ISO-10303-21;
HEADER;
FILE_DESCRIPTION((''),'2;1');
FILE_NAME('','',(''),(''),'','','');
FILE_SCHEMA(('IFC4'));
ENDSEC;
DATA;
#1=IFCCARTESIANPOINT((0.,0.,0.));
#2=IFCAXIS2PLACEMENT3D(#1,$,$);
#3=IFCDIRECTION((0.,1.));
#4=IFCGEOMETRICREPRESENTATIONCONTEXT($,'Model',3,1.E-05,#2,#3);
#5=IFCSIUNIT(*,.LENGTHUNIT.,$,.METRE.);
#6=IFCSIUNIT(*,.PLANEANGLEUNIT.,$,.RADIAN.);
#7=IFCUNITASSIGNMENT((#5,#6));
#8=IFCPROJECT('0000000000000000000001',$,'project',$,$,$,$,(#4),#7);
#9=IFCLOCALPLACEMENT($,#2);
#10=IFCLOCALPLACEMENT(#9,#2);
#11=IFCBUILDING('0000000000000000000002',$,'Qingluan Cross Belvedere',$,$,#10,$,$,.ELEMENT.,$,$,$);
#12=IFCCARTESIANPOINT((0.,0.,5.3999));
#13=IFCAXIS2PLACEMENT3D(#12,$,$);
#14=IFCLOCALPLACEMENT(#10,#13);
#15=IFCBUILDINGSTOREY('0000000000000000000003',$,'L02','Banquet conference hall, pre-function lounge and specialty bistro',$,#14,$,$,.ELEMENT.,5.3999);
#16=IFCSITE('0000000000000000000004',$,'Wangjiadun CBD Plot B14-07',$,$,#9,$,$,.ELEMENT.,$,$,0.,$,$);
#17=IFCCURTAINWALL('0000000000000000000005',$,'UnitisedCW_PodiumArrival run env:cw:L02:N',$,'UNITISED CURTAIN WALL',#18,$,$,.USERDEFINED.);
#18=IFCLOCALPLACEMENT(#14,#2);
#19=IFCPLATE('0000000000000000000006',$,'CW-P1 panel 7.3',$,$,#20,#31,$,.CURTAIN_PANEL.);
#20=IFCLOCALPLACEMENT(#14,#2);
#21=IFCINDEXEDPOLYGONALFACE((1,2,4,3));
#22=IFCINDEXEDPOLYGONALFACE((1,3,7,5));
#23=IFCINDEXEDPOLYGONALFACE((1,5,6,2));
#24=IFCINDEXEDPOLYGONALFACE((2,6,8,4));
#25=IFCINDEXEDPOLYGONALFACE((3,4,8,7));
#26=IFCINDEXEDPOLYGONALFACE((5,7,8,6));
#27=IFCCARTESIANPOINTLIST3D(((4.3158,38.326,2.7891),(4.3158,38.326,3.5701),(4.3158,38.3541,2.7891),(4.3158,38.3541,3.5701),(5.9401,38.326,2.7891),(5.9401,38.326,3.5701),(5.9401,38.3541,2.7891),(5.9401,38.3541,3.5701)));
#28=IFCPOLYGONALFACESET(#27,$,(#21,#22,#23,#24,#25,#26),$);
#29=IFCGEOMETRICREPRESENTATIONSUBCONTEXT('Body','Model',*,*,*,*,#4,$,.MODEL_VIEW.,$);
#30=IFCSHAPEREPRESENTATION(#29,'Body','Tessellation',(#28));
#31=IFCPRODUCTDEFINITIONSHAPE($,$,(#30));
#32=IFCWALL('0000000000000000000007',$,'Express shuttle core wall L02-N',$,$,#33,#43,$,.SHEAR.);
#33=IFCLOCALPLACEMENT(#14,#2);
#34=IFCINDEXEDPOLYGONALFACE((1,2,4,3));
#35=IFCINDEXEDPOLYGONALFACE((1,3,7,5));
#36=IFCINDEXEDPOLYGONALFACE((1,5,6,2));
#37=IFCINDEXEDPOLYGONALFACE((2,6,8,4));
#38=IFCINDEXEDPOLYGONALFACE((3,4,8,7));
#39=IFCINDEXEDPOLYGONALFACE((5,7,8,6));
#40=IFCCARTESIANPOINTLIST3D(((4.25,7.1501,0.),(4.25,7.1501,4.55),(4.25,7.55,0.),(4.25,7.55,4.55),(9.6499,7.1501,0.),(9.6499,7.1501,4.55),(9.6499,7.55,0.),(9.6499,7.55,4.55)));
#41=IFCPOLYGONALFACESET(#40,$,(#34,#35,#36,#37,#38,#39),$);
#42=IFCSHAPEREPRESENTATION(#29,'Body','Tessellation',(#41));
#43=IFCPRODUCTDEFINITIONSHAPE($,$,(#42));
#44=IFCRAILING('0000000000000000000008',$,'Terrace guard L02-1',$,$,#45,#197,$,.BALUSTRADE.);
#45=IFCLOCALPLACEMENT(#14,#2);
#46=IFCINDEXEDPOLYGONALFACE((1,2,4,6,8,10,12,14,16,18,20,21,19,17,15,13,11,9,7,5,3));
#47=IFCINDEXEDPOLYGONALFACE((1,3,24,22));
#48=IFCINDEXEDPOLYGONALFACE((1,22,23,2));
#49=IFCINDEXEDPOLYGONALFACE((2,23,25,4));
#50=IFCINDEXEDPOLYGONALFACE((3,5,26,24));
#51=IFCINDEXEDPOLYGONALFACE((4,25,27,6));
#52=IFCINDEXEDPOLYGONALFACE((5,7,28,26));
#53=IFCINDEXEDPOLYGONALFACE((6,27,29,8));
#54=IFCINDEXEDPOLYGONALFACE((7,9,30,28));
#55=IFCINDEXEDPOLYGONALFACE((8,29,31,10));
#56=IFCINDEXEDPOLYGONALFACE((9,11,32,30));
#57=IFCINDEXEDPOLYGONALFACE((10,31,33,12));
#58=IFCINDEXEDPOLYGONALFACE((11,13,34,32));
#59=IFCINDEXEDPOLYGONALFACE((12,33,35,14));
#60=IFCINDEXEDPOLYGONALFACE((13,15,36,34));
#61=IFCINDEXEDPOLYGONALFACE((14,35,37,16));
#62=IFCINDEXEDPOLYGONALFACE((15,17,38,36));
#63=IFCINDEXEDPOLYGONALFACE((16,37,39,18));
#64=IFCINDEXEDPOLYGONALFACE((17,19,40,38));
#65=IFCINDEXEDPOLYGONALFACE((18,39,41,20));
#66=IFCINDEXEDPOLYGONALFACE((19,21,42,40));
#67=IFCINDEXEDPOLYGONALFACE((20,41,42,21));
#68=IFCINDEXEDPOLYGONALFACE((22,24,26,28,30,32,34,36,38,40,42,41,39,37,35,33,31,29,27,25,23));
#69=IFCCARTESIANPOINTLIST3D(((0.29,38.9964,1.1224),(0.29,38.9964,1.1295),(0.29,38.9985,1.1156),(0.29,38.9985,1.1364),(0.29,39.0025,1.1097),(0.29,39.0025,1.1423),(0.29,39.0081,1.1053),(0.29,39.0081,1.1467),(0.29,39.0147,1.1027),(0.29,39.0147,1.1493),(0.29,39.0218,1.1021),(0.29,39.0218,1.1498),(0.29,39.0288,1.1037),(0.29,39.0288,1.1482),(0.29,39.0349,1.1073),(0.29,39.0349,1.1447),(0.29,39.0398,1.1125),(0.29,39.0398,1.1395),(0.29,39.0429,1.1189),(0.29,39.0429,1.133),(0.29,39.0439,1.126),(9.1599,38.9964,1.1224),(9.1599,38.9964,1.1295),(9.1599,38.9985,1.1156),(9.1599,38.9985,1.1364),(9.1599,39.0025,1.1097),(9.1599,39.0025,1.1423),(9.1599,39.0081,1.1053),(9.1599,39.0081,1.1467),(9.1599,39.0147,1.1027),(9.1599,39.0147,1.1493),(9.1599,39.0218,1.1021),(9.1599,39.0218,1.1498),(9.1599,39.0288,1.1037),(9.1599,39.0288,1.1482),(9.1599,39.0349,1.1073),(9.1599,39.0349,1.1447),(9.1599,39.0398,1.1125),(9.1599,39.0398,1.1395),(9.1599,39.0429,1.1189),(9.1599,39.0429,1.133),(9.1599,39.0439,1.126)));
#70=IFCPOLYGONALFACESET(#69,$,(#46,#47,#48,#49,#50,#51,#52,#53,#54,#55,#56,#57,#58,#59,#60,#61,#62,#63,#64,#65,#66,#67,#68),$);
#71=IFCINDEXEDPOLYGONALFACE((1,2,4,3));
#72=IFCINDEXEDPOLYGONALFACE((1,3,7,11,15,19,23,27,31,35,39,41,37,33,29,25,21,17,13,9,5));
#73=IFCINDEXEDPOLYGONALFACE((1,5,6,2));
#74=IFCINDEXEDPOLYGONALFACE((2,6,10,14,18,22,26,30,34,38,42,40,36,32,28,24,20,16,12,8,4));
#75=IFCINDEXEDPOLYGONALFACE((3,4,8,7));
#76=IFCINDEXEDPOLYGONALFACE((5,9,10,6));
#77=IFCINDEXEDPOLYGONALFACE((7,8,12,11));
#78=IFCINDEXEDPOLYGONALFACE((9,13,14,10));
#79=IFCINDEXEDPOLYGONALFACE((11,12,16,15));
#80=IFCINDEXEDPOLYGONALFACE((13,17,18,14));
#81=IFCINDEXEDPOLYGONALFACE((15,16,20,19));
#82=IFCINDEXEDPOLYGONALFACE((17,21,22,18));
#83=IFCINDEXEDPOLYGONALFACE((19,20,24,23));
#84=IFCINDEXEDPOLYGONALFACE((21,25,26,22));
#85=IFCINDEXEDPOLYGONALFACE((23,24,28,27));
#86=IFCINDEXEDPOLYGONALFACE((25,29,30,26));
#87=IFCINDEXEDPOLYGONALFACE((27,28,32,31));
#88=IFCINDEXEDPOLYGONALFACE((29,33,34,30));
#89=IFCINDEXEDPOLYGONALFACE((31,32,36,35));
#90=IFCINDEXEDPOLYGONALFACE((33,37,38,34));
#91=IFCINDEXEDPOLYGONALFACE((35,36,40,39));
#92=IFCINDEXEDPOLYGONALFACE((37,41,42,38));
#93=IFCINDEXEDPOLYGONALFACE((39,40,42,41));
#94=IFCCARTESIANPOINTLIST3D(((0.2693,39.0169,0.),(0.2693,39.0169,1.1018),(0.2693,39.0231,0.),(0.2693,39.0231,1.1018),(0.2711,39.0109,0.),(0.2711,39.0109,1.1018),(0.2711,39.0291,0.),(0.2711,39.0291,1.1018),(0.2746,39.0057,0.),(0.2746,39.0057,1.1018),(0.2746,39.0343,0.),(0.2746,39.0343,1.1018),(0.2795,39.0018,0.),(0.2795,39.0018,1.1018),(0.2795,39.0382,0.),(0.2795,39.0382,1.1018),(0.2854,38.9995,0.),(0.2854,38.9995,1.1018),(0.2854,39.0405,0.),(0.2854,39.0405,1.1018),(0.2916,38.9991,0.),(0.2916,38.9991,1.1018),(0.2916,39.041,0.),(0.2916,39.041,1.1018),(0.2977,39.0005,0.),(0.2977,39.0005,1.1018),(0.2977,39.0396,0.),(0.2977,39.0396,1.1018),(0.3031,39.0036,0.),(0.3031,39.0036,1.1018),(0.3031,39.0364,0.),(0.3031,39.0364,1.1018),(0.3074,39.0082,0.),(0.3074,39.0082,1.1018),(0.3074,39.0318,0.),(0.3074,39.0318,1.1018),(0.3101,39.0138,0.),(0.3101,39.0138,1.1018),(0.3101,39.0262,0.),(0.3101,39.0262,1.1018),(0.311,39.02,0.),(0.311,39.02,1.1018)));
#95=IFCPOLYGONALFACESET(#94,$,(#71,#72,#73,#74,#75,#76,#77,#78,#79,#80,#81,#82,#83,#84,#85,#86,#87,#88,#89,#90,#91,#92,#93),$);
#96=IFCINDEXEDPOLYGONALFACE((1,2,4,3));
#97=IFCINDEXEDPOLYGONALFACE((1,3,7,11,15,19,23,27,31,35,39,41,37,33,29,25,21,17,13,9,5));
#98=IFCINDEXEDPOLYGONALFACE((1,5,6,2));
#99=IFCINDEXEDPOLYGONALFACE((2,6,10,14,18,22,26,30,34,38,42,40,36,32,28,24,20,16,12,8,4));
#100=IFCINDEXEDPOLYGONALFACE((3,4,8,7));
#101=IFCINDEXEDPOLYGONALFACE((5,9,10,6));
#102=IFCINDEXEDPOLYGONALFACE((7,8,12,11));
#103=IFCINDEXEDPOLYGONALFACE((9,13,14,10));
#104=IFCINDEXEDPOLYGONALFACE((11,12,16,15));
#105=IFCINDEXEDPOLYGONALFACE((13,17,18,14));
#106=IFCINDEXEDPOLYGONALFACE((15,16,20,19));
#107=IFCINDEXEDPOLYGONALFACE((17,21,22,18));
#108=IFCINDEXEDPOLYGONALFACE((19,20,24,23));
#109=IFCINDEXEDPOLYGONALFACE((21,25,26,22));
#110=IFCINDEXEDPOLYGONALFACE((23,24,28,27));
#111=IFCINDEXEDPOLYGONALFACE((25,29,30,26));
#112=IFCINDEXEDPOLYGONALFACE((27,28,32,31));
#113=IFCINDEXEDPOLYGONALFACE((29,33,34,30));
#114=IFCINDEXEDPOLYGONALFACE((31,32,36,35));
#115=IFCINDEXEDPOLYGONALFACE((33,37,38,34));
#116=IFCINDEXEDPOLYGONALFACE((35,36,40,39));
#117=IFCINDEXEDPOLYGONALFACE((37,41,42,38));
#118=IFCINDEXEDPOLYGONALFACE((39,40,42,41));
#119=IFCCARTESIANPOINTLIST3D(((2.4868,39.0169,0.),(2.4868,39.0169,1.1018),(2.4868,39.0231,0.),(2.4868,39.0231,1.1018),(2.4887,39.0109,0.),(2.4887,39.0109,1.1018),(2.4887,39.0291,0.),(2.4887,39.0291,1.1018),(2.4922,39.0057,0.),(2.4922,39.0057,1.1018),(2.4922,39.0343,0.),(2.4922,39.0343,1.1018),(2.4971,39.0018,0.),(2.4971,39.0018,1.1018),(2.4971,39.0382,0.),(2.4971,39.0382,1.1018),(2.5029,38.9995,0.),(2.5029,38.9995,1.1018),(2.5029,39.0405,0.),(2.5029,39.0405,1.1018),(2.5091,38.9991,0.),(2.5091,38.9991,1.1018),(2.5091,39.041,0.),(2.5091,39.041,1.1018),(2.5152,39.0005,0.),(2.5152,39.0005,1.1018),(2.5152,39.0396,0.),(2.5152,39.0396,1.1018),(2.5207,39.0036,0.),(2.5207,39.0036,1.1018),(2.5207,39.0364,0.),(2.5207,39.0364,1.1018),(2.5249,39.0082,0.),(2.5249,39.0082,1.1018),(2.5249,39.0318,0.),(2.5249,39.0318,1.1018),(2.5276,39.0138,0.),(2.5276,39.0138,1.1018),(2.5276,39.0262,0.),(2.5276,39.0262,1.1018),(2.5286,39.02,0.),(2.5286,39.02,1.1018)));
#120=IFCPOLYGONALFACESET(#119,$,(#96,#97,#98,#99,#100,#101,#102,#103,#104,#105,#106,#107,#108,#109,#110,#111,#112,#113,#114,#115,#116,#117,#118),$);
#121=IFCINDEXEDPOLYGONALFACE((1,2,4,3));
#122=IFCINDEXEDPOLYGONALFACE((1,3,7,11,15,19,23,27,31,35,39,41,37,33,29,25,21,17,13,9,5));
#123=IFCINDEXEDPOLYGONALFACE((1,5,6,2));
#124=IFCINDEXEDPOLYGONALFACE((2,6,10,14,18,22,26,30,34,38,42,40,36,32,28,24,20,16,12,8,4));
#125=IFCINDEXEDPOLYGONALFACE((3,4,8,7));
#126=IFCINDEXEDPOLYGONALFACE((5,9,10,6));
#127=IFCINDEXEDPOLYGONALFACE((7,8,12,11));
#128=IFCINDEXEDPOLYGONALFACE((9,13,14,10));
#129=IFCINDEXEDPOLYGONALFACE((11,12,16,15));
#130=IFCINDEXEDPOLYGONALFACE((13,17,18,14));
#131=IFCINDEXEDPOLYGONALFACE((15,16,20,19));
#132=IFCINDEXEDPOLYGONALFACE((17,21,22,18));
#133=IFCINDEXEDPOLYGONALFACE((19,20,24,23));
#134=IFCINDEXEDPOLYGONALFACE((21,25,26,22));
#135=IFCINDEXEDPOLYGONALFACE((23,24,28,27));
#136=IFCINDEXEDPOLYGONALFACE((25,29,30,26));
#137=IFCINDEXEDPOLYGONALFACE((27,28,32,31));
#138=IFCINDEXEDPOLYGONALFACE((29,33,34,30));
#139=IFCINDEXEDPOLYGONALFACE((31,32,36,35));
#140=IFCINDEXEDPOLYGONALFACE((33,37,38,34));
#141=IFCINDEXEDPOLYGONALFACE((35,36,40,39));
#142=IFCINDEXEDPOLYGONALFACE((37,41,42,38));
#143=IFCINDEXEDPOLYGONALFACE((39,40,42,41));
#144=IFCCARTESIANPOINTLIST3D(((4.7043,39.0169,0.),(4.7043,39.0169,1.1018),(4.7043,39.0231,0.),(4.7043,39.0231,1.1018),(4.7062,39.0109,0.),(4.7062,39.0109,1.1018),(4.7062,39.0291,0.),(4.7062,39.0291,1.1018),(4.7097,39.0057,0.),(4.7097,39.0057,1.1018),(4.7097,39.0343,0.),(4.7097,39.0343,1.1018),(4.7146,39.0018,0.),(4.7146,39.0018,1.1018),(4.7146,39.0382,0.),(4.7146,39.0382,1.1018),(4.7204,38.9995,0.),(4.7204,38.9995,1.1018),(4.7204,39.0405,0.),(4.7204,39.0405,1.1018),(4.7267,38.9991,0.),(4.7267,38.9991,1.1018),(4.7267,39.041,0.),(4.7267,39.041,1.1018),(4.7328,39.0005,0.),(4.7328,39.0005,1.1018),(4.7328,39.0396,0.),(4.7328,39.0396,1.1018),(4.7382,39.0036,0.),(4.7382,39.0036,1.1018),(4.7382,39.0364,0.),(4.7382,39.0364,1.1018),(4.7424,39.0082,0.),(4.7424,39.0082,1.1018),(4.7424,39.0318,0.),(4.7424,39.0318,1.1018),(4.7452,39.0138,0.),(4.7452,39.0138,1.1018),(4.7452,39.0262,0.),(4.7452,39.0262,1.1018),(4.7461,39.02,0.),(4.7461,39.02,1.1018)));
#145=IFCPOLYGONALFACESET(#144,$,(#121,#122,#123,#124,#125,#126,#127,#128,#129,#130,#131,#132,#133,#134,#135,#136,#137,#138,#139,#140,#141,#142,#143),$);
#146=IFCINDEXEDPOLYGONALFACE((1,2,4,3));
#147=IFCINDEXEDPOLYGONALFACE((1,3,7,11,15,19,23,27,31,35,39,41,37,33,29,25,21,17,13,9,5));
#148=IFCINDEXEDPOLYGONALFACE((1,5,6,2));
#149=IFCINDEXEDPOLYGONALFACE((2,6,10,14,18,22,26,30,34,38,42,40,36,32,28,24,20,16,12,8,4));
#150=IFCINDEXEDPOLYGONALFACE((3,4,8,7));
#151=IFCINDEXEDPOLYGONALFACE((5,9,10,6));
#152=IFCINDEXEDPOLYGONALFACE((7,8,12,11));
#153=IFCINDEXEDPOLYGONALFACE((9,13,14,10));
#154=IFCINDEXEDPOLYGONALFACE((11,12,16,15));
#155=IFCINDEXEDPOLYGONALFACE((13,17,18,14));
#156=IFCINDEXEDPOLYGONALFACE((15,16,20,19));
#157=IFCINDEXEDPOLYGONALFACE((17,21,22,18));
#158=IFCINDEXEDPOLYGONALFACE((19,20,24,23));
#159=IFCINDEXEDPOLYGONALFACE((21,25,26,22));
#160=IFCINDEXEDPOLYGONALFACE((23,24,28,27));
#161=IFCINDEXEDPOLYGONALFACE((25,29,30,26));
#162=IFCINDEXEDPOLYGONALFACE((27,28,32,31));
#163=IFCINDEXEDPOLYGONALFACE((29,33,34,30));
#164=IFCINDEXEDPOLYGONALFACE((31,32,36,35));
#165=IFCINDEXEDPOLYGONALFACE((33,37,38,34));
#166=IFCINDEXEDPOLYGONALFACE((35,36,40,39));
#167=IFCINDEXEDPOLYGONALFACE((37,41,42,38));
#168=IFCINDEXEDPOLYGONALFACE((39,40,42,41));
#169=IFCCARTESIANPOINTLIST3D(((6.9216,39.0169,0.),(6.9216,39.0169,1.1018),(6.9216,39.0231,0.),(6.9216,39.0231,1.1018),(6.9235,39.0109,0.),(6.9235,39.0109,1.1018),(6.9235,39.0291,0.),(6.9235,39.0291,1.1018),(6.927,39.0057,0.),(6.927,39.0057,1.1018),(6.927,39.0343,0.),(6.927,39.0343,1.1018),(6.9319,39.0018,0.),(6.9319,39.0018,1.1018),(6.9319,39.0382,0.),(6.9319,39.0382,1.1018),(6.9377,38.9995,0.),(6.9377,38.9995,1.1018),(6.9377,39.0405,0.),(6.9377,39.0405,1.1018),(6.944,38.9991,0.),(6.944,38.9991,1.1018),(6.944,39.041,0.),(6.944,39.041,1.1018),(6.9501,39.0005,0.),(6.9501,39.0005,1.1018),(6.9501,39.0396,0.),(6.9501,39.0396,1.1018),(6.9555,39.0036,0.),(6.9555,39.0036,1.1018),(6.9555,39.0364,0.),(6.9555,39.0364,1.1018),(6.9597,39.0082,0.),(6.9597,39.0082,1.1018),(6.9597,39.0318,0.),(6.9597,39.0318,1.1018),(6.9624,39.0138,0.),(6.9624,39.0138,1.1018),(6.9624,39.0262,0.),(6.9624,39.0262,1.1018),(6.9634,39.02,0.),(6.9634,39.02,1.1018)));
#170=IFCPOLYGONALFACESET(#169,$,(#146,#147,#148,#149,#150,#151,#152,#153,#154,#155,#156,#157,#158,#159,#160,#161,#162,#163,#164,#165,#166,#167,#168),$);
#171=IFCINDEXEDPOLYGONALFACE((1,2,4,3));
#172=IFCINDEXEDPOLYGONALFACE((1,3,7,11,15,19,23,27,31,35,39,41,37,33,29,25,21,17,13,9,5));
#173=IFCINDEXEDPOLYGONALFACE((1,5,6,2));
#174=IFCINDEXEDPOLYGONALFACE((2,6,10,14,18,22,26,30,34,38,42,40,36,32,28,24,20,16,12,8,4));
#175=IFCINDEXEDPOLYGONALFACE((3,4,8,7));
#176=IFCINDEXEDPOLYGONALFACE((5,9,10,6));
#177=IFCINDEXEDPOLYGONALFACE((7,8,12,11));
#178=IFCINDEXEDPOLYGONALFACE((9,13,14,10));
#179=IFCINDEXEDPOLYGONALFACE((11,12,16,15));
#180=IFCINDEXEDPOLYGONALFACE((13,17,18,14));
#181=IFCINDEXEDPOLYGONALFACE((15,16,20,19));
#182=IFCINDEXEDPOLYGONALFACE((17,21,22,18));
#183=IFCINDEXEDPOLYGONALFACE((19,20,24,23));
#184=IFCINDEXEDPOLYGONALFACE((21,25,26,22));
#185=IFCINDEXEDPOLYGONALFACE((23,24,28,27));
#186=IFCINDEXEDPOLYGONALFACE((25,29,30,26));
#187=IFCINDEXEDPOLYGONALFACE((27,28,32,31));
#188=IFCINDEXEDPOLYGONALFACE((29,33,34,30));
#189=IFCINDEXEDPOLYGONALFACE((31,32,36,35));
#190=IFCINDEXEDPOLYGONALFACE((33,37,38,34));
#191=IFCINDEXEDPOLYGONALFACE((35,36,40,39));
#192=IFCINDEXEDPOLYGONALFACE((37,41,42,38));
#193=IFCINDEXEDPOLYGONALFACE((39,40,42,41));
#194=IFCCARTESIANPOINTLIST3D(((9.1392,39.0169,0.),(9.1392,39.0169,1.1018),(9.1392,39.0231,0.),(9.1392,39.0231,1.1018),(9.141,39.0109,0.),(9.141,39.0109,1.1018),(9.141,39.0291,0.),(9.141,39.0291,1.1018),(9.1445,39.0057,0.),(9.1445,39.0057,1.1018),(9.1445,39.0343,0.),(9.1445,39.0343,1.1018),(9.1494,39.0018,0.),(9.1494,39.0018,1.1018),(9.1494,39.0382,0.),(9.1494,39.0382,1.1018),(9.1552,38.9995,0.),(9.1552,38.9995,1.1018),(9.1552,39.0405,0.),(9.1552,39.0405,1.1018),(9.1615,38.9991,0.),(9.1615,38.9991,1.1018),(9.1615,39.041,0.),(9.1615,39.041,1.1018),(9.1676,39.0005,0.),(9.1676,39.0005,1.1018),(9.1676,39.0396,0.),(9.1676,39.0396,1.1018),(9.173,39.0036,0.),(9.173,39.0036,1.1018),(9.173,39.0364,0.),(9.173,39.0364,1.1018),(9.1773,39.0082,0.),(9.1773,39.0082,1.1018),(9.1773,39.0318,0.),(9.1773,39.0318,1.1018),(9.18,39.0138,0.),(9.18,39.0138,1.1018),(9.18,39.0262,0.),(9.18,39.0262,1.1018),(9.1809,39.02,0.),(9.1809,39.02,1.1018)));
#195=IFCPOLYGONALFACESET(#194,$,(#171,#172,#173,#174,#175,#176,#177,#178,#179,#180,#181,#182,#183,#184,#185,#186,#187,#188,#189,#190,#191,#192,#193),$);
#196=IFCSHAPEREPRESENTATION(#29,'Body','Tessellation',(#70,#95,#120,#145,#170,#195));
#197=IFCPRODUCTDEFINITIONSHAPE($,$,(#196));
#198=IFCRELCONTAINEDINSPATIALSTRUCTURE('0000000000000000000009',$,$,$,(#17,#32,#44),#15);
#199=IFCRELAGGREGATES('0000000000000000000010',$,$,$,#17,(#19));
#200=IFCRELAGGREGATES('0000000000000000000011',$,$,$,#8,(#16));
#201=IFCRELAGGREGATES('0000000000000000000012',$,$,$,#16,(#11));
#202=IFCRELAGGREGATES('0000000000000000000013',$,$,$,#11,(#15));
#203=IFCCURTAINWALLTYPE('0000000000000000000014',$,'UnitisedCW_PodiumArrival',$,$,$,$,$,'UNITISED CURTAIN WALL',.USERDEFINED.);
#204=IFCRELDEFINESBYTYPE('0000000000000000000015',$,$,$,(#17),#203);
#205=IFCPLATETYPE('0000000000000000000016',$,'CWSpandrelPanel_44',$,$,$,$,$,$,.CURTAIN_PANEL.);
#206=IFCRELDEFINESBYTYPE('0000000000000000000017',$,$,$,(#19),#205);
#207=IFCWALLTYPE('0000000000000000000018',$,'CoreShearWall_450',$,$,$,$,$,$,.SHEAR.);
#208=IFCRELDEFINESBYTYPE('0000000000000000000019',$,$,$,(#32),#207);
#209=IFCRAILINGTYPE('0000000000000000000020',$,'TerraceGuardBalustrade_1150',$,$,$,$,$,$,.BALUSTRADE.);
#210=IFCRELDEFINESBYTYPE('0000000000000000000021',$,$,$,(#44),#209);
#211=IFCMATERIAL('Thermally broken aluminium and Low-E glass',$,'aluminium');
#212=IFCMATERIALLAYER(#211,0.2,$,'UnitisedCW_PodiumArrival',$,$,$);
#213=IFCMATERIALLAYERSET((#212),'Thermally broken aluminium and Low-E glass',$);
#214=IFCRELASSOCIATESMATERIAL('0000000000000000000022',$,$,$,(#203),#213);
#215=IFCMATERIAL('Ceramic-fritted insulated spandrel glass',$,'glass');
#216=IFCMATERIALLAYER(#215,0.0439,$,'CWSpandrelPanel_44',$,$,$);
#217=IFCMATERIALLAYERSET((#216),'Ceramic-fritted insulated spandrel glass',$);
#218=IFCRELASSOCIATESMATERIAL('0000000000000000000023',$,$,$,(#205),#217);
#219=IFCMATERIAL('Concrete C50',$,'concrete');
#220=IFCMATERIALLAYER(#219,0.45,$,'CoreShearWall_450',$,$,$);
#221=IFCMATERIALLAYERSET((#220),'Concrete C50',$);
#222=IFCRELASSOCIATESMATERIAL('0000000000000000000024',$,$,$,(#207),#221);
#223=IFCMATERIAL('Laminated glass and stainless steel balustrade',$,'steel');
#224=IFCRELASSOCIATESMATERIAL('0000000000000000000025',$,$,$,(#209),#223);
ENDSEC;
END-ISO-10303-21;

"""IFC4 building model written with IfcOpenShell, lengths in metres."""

from ifc_helpers import new_model, si_unit, direction, frame, frame_2d, origin, origin_2d, place, context, subcontext, project, spatial, rectangle, circle, extrude, material, layer, layer_set, type_object, element, aggregate, save


model = new_model("IFC4")

# Units and contexts
model_context = context("Model", 3, precision=1e-05, world=origin(), true_north=direction((0.0, 1.0)))
body_context = subcontext(model_context, "Body", "Model", "MODEL_VIEW")
ifc_project = project(units=[si_unit("LENGTHUNIT", "METRE"), si_unit("PLANEANGLEUNIT", "RADIAN")], contexts=[model_context])

# Site, building, storey
site_placement = place(None, origin())
site = spatial("IfcSite", under=ifc_project, at=site_placement, Name="Wangjiadun CBD Plot B14-07", CompositionType="ELEMENT", RefElevation=0.0)
building_placement = place(site_placement, origin())
building = spatial("IfcBuilding", under=site, at=building_placement, Name="Qingluan Cross Belvedere", CompositionType="ELEMENT")
storey_placement = place(building_placement, frame((0.0, 0.0, 5.3999)))
storey = spatial("IfcBuildingStorey", under=building, at=storey_placement, Name="L02", Description="Banquet conference hall, pre-function lounge and specialty bistro", CompositionType="ELEMENT", Elevation=5.3999)

# Curtain wall
ifc_material_1 = material(Name="Thermally broken aluminium and Low-E glass", Category="aluminium")
ifc_layer_1 = layer(ifc_material_1, 0.2, Name="UnitisedCW_PodiumArrival")
ifc_layer_set_1 = layer_set([ifc_layer_1], Name="Thermally broken aluminium and Low-E glass")
curtain_wall_type = type_object("IfcCurtainWallType", Name="UnitisedCW_PodiumArrival", ElementType="UNITISED CURTAIN WALL", PredefinedType="USERDEFINED", material=ifc_layer_set_1)
curtain_wall_placement = place(storey_placement, origin())
curtain_wall = element("IfcCurtainWall", 1, at=curtain_wall_placement, inside=storey, type_object=curtain_wall_type, Name="UnitisedCW_PodiumArrival run env:cw:L02:N", ObjectType="UNITISED CURTAIN WALL", PredefinedType="USERDEFINED")

# Plate
ifc_material_2 = material(Name="Ceramic-fritted insulated spandrel glass", Category="glass")
ifc_layer_2 = layer(ifc_material_2, 0.0439, Name="CWSpandrelPanel_44")
ifc_layer_set_2 = layer_set([ifc_layer_2], Name="Ceramic-fritted insulated spandrel glass")
plate_type = type_object("IfcPlateType", Name="CWSpandrelPanel_44", PredefinedType="CURTAIN_PANEL", material=ifc_layer_set_2)
plate_1_placement = place(storey_placement, frame((5.1279, 38.3401, 2.7891), z_axis=(0.0, 0.0, 1.0), x_axis=(1.0, 0.0, 0.0)))
plate_1 = element("IfcPlate", 2, at=plate_1_placement, type_object=plate_type, Name="CW-P1 panel 7.3", PredefinedType="CURTAIN_PANEL", context=body_context, shape_type="SweptSolid", body=[
    extrude(rectangle(XDim=1.6243, YDim=0.0281, at=origin_2d()), origin(), (0.0, 0.0, 1.0), 0.781),
])
aggregate(curtain_wall, [plate_1])

# Wall
ifc_material_3 = material(Name="Concrete C50", Category="concrete")
ifc_layer_3 = layer(ifc_material_3, 0.45, Name="CoreShearWall_450")
ifc_layer_set_3 = layer_set([ifc_layer_3], Name="Concrete C50")
wall_type = type_object("IfcWallType", Name="CoreShearWall_450", PredefinedType="SHEAR", material=ifc_layer_set_3)
wall_placement = place(storey_placement, frame((4.25, 7.3501, 0.0), z_axis=(0.0, 0.0, 1.0), x_axis=(1.0, 0.0, 0.0)))
element("IfcWall", 3, at=wall_placement, inside=storey, type_object=wall_type, Name="Express shuttle core wall L02-N", PredefinedType="SHEAR", context=body_context, shape_type="SweptSolid", body=[
    extrude(rectangle(XDim=5.3999, YDim=0.3999, at=frame_2d((2.7, 0.0))), origin(), (0.0, 0.0, 1.0), 4.55),
])

# Railing
ifc_material_4 = material(Name="Laminated glass and stainless steel balustrade", Category="steel")
railing_type = type_object("IfcRailingType", Name="TerraceGuardBalustrade_1150", PredefinedType="BALUSTRADE", material=ifc_material_4)
railing_placement = place(storey_placement, frame((0.29, 39.02, 0.0)))
element("IfcRailing", 4, at=railing_placement, inside=storey, type_object=railing_type, Name="Terrace guard L02-1", PredefinedType="BALUSTRADE", context=body_context, shape_type="SweptSolid", body=[
    extrude(circle(Radius=0.0239, at=origin_2d()), frame((0.0, 0.0, 1.126), z_axis=(1.0, 0.0, 0.0), x_axis=(0.0, 1.0, 0.0)), (0.0, 0.0, 1.0), 8.8699),
    extrude(circle(Radius=0.021, at=origin_2d()), origin(), (0.0, 0.0, 1.0), 1.1018),
    extrude(circle(Radius=0.021, at=origin_2d()), frame((2.2175, 0.0, 0.0)), (0.0, 0.0, 1.0), 1.1018),
    extrude(circle(Radius=0.021, at=origin_2d()), frame((4.4351, 0.0, 0.0)), (0.0, 0.0, 1.0), 1.1018),
    extrude(circle(Radius=0.021, at=origin_2d()), frame((6.6523, 0.0, 0.0)), (0.0, 0.0, 1.0), 1.1018),
    extrude(circle(Radius=0.021, at=origin_2d()), frame((8.8699, 0.0, 0.0)), (0.0, 0.0, 1.0), 1.1018),
])

save(model, "model.ifc")
